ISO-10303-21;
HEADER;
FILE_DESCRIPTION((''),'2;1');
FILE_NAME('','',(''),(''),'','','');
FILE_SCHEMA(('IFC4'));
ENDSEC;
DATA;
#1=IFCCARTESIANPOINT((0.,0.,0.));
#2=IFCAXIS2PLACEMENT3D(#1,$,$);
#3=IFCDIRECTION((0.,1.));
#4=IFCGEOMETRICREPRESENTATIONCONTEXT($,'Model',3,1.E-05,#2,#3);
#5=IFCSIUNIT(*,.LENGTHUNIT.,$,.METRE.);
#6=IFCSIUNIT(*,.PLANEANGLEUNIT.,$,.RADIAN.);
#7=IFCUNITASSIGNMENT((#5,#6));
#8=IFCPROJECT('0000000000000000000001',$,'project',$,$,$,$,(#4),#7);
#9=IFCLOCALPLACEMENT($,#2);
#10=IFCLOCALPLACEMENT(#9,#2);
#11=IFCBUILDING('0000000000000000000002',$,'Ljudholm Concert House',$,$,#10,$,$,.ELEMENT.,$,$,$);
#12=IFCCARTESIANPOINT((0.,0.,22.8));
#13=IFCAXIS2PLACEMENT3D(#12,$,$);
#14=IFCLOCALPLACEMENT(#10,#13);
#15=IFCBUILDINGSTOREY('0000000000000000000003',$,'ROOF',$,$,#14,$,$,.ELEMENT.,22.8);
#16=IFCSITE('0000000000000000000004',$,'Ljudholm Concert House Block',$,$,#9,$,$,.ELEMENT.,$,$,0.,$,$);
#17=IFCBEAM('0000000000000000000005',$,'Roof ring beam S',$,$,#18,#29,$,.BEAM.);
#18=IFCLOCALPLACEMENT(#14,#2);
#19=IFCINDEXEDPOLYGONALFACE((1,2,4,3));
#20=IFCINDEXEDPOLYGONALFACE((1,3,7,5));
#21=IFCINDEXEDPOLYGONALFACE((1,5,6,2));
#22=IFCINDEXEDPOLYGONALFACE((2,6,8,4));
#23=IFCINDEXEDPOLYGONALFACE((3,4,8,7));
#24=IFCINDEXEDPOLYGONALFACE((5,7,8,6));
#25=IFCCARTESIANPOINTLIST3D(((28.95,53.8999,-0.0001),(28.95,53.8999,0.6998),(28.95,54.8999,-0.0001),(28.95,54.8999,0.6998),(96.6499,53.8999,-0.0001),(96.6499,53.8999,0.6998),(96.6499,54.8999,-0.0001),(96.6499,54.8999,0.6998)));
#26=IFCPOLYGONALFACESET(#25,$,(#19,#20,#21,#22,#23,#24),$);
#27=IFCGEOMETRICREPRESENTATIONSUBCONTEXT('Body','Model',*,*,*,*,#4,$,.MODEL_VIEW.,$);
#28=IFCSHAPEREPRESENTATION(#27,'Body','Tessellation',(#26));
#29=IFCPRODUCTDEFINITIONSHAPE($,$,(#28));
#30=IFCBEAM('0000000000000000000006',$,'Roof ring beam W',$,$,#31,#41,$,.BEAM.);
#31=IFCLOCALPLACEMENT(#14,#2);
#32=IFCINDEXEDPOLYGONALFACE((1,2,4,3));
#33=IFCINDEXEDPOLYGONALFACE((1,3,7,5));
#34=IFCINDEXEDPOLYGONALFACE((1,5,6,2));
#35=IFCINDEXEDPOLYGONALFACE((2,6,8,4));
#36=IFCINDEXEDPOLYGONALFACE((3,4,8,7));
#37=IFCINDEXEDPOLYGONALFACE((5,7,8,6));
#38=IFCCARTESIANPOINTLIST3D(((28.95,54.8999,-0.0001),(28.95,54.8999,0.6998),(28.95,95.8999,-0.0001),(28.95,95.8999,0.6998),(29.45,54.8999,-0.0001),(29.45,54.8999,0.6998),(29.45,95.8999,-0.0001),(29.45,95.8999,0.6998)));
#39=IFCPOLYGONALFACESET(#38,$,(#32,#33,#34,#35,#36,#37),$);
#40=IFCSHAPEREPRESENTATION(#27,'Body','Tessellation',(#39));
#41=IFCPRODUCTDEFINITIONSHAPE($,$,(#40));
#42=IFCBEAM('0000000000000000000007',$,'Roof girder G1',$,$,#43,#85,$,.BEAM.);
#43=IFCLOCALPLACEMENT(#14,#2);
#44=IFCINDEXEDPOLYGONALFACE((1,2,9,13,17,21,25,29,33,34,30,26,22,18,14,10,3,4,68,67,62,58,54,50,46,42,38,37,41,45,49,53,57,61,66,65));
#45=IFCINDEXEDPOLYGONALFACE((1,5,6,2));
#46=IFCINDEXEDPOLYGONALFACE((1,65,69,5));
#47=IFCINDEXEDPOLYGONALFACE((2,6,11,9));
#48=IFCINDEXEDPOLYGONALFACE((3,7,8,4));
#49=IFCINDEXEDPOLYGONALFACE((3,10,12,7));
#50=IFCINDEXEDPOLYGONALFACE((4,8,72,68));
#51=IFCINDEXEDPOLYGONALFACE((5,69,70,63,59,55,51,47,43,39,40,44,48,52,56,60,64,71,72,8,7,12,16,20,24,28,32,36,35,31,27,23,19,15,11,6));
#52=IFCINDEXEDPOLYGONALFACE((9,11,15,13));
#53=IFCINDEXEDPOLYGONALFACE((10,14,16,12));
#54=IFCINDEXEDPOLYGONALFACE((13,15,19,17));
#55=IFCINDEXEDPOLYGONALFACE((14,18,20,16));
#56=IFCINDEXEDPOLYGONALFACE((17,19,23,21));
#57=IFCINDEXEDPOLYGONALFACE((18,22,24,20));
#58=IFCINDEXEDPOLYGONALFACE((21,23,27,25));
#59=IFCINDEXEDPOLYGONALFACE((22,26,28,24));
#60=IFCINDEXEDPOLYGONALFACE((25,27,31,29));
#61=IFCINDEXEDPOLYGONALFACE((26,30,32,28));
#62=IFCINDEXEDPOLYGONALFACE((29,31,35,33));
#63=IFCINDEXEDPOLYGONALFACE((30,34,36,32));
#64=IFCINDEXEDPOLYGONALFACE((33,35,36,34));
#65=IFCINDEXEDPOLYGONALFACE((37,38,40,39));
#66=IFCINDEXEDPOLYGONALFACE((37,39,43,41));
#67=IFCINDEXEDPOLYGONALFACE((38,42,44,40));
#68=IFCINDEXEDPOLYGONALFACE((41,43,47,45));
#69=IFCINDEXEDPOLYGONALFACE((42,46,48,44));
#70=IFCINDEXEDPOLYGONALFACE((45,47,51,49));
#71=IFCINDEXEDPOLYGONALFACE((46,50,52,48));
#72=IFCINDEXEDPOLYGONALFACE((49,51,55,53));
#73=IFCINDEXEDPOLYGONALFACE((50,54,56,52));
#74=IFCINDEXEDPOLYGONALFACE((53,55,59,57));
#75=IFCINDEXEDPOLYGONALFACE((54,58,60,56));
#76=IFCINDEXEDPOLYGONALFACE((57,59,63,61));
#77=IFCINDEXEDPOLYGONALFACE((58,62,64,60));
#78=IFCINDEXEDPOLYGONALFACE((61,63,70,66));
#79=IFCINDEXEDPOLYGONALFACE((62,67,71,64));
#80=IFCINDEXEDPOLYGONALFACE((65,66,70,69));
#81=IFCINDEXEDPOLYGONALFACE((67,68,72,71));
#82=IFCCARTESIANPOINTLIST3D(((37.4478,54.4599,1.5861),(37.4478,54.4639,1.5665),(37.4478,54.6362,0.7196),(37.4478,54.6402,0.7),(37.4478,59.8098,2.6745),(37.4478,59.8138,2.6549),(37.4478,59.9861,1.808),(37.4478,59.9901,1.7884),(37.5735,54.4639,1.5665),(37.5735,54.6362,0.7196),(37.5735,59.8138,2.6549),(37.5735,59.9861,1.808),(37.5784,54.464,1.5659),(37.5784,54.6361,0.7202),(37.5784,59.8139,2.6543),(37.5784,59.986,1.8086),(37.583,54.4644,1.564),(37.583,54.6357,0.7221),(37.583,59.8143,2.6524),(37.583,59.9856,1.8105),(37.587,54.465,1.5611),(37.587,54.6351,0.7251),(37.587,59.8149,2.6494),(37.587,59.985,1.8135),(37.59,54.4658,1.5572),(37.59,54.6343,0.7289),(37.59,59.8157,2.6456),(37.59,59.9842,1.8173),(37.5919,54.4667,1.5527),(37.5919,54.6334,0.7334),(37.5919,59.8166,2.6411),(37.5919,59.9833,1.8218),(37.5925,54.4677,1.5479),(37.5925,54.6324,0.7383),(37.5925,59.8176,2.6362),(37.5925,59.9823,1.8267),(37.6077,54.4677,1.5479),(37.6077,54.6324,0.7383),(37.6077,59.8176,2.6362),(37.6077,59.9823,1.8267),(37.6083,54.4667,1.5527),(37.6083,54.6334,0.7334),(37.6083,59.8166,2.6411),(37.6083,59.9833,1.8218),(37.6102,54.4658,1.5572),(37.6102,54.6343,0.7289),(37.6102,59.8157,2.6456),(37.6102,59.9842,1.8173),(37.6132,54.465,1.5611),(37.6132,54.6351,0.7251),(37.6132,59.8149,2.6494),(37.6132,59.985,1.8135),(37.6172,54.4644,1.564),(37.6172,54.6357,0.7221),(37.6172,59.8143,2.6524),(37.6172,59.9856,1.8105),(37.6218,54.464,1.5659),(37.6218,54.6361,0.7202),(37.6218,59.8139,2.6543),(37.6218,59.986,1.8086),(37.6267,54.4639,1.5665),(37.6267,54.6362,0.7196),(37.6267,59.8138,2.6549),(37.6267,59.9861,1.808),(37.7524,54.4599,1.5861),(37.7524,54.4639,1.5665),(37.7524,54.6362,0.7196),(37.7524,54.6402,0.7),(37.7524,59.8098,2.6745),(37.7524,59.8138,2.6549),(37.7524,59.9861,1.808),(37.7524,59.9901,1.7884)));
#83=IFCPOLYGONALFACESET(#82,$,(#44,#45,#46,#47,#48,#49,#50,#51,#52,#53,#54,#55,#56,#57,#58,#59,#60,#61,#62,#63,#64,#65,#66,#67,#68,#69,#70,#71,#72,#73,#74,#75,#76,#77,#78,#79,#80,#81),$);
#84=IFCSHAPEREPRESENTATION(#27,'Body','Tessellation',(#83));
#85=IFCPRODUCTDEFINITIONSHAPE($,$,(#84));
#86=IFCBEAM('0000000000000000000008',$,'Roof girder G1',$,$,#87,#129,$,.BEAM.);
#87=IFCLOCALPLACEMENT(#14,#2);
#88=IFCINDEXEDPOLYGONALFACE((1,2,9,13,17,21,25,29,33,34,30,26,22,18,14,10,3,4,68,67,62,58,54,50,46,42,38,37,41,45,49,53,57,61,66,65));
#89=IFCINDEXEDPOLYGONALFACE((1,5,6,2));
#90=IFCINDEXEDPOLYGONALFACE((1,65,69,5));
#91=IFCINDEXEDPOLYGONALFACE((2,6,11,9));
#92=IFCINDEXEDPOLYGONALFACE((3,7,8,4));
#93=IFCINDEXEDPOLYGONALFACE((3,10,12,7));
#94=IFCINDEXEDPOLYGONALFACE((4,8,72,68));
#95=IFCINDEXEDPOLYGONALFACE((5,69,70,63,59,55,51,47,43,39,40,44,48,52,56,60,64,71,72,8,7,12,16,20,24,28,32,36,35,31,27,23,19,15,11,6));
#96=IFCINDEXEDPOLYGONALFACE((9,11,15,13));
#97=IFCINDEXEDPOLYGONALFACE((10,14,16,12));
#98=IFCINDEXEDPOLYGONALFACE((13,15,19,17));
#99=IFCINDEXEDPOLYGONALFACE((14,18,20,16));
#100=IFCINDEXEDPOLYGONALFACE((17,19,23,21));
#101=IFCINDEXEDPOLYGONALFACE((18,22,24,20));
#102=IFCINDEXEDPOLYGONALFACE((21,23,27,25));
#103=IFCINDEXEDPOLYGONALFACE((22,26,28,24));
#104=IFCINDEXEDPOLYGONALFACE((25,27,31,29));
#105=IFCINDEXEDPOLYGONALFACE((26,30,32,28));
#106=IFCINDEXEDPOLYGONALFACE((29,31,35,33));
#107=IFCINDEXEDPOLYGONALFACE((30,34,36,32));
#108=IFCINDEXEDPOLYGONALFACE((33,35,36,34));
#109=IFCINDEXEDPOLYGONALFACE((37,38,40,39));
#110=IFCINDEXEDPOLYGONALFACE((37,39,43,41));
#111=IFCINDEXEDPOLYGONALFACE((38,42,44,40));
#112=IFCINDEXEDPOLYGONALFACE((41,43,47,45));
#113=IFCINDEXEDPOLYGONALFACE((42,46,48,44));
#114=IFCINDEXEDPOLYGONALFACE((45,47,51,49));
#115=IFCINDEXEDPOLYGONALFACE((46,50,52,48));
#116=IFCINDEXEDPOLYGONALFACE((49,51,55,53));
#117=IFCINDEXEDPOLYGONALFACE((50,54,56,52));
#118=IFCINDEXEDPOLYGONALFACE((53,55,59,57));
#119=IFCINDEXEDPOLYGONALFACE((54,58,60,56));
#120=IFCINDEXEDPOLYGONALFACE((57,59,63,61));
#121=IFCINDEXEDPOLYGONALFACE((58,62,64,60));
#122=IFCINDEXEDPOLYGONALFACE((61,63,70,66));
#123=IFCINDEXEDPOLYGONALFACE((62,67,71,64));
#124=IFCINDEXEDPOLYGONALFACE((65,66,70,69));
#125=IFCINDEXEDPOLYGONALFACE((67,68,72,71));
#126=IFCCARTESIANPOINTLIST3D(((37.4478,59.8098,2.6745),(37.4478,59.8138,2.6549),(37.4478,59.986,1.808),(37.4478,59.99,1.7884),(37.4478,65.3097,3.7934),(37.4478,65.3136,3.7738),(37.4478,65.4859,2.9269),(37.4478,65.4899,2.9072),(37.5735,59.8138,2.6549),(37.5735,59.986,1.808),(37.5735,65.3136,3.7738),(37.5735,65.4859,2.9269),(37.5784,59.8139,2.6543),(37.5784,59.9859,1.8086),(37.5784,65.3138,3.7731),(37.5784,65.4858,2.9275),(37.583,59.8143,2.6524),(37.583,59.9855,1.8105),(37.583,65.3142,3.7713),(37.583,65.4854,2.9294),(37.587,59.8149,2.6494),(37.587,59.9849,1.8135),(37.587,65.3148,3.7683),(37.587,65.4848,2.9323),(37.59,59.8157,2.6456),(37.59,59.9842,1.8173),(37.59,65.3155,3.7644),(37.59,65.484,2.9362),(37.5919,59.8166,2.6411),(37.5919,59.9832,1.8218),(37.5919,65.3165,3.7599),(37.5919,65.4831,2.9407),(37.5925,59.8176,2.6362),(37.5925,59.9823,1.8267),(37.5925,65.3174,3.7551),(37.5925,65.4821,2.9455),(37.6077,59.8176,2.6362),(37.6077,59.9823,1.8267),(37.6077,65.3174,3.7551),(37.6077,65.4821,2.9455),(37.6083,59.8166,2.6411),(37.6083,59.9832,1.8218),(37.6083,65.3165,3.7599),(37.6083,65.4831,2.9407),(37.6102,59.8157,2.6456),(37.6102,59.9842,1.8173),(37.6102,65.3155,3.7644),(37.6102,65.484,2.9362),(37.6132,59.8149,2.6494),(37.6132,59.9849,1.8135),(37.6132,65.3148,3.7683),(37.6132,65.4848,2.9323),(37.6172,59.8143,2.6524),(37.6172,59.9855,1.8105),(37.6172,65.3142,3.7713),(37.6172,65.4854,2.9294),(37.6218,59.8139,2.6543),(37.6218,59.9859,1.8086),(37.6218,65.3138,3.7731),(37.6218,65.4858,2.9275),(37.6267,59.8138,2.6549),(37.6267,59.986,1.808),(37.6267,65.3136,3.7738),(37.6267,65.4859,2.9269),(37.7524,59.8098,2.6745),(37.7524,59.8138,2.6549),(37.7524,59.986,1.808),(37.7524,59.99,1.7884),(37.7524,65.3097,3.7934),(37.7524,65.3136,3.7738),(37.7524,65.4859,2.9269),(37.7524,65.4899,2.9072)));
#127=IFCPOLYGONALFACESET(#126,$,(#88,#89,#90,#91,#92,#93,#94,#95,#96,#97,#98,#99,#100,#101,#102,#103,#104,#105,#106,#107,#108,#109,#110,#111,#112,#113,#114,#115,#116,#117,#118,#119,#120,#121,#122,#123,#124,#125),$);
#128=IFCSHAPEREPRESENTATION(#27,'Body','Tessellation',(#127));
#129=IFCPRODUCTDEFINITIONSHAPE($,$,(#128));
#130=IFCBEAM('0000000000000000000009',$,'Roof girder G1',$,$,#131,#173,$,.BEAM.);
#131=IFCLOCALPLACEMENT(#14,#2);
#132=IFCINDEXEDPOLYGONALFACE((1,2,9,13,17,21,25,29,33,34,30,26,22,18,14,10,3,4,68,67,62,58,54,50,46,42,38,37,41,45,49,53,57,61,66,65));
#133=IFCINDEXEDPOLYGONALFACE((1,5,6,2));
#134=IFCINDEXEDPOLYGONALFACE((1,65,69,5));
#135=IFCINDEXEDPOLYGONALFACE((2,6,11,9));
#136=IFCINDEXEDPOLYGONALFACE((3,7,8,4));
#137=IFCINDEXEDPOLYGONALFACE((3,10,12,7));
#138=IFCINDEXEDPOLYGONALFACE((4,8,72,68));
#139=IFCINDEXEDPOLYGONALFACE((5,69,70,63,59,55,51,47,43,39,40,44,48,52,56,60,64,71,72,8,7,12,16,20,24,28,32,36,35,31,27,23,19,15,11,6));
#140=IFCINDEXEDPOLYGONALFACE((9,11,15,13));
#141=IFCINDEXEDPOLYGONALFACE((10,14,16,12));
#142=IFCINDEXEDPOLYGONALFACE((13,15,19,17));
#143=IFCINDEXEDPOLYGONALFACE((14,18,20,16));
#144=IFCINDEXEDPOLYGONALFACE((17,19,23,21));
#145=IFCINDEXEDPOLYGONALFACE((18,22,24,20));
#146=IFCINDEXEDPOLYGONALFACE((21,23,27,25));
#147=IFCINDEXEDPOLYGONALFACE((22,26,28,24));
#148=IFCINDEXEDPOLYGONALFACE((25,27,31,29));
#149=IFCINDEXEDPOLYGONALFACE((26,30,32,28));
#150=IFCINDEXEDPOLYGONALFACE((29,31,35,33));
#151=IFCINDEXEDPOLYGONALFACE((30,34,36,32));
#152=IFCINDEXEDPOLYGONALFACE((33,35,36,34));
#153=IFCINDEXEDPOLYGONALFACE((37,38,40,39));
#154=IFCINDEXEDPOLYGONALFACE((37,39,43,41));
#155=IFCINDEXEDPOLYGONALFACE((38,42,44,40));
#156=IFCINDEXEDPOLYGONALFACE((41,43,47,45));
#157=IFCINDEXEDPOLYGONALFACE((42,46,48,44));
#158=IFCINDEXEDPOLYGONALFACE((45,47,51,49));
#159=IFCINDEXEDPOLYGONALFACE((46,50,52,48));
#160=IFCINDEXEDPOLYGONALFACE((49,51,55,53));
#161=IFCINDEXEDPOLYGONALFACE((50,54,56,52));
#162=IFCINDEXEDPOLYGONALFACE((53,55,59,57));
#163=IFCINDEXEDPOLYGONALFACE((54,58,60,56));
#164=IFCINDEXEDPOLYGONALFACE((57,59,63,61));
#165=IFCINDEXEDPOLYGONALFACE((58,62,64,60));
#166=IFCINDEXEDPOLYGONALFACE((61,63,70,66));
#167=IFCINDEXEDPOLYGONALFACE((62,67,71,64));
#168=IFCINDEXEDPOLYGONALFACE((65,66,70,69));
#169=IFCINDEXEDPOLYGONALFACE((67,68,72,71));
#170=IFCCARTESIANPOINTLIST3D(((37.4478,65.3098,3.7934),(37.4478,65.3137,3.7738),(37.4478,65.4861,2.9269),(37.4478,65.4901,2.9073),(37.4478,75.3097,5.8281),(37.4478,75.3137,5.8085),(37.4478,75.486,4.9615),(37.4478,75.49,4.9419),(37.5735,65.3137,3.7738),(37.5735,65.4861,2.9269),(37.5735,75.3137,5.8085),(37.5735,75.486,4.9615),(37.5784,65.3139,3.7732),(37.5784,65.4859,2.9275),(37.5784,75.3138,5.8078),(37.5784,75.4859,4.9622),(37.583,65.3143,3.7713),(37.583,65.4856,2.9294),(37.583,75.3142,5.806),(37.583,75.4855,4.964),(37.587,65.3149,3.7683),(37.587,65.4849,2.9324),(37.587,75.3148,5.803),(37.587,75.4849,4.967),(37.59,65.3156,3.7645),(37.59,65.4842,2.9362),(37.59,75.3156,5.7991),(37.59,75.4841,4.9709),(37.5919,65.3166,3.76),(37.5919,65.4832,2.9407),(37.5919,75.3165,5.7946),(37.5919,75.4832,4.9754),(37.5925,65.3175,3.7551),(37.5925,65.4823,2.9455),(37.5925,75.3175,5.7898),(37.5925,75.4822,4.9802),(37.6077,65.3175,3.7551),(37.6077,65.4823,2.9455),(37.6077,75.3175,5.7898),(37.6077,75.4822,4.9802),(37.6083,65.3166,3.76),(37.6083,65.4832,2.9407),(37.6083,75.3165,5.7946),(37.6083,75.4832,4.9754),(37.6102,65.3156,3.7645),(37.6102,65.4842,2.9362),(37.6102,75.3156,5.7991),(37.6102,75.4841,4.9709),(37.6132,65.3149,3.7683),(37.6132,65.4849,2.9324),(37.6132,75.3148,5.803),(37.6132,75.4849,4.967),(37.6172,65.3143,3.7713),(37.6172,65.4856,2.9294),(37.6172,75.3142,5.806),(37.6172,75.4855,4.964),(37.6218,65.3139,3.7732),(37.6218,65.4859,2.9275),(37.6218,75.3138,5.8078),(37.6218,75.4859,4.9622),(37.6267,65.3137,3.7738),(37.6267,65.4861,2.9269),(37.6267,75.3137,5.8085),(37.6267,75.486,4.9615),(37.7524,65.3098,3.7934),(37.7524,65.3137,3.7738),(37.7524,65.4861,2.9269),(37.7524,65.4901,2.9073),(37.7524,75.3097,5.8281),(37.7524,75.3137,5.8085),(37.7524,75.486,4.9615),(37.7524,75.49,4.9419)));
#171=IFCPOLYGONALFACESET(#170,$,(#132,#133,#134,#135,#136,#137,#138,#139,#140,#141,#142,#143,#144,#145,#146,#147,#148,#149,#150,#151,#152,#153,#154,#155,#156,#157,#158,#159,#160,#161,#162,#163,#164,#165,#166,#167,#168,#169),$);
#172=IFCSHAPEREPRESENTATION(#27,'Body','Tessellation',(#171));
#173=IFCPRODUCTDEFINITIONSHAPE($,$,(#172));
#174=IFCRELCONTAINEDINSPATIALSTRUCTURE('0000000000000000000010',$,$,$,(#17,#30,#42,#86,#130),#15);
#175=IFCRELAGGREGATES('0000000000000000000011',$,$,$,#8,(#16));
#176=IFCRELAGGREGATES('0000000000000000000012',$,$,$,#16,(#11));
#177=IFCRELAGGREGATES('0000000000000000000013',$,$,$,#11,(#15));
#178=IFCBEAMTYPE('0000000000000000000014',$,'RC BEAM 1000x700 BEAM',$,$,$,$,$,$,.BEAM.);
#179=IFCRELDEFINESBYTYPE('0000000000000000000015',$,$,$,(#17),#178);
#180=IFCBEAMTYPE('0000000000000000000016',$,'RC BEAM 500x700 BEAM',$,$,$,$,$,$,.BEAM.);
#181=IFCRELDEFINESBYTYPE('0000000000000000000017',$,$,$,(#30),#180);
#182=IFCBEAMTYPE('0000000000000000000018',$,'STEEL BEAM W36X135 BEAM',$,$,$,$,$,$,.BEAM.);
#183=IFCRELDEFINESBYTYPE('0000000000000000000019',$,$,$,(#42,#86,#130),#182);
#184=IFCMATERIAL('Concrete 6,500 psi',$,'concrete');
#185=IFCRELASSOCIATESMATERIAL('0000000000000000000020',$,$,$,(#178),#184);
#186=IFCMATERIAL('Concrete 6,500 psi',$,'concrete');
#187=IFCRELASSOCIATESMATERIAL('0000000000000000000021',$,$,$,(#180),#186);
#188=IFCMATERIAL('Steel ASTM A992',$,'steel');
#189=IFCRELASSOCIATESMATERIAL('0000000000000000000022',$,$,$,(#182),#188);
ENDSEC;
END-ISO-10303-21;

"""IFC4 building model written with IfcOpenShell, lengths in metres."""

from ifc_helpers import new_model, si_unit, direction, frame, origin, origin_2d, place, context, subcontext, project, spatial, rectangle, i_section, extrude, material, material_profile, profile_set, type_object, element, save


model = new_model("IFC4")

# Units and contexts
model_context = context("Model", 3, precision=1e-05, world=origin(), true_north=direction((0.0, 1.0)))
body_context = subcontext(model_context, "Body", "Model", "MODEL_VIEW")
ifc_project = project(units=[si_unit("LENGTHUNIT", "METRE"), si_unit("PLANEANGLEUNIT", "RADIAN")], contexts=[model_context])

# Site, building, storey
site_placement = place(None, origin())
site = spatial("IfcSite", under=ifc_project, at=site_placement, Name="Ljudholm Concert House Block", CompositionType="ELEMENT", RefElevation=0.0)
building_placement = place(site_placement, origin())
building = spatial("IfcBuilding", under=site, at=building_placement, Name="Ljudholm Concert House", CompositionType="ELEMENT")
storey_placement = place(building_placement, frame((0.0, 0.0, 22.8)))
storey = spatial("IfcBuildingStorey", under=building, at=storey_placement, Name="ROOF", CompositionType="ELEMENT", Elevation=22.8)

# Beams
ifc_material_1 = material(Name="Concrete 6,500 psi", Category="concrete")
ifc_material_profile_1 = material_profile(ifc_material_1, rectangle(XDim=1.0, YDim=0.7, at=origin_2d()), Name="RC BEAM 1000x700 BEAM")
ifc_profile_set_1 = profile_set([ifc_material_profile_1], Name="Concrete 6,500 psi")
beam_type_1 = type_object("IfcBeamType", Name="RC BEAM 1000x700 BEAM", PredefinedType="BEAM", material=ifc_profile_set_1)
beam_1_placement = place(storey_placement, frame((28.95, 54.3999, 0.3499), z_axis=(1.0, 0.0, 0.0), x_axis=(0.0, 1.0, 0.0)))
element("IfcBeam", 1, at=beam_1_placement, inside=storey, type_object=beam_type_1, Name="Roof ring beam S", PredefinedType="BEAM", context=body_context, shape_type="SweptSolid", body=[
    extrude(rectangle(XDim=1.0, YDim=0.7, at=origin_2d()), origin(), (0.0, 0.0, 1.0), 67.7),
])
ifc_material_2 = material(Name="Concrete 6,500 psi", Category="concrete")
ifc_material_profile_2 = material_profile(ifc_material_2, rectangle(XDim=0.5, YDim=0.7, at=origin_2d()), Name="RC BEAM 500x700 BEAM")
ifc_profile_set_2 = profile_set([ifc_material_profile_2], Name="Concrete 6,500 psi")
beam_type_2 = type_object("IfcBeamType", Name="RC BEAM 500x700 BEAM", PredefinedType="BEAM", material=ifc_profile_set_2)
beam_2_placement = place(storey_placement, frame((29.2, 54.8999, 0.3499), z_axis=(0.0, 1.0, 0.0), x_axis=(-1.0, 0.0, 0.0)))
element("IfcBeam", 2, at=beam_2_placement, inside=storey, type_object=beam_type_2, Name="Roof ring beam W", PredefinedType="BEAM", context=body_context, shape_type="SweptSolid", body=[
    extrude(rectangle(XDim=0.5, YDim=0.7, at=origin_2d()), origin(), (0.0, 0.0, 1.0), 41.0),
])
ifc_material_3 = material(Name="Steel ASTM A992", Category="steel")
ifc_material_profile_3 = material_profile(ifc_material_3, i_section(OverallWidth=0.3047, OverallDepth=0.9043, WebThickness=0.0151, FlangeThickness=0.02, FilletRadius=0.019, at=origin_2d()), Name="W36X135")
ifc_profile_set_3 = profile_set([ifc_material_profile_3], Name="Steel ASTM A992")
beam_type_3 = type_object("IfcBeamType", Name="STEEL BEAM W36X135 BEAM", PredefinedType="BEAM", material=ifc_profile_set_3)
beam_3_placement = place(storey_placement, frame((37.6001, 54.55, 1.1431), z_axis=(0.0, 0.979927, 0.199357), x_axis=(-1.0, 0.0, 0.0)))
element("IfcBeam", 3, at=beam_3_placement, inside=storey, type_object=beam_type_3, Name="Roof girder G1", PredefinedType="BEAM", context=body_context, shape_type="SweptSolid", body=[
    extrude(i_section(OverallWidth=0.3047, OverallDepth=0.9043, WebThickness=0.0151, FlangeThickness=0.02, FilletRadius=0.019, at=origin_2d()), origin(), (0.0, 0.0, 1.0), 5.4595),
])
beam_4_placement = place(storey_placement, frame((37.6001, 59.8999, 2.2314), z_axis=(0.0, 0.979928, 0.199352), x_axis=(-1.0, 0.0, 0.0)))
element("IfcBeam", 4, at=beam_4_placement, inside=storey, type_object=beam_type_3, Name="Roof girder G1", PredefinedType="BEAM", context=body_context, shape_type="SweptSolid", body=[
    extrude(i_section(OverallWidth=0.3047, OverallDepth=0.9043, WebThickness=0.0151, FlangeThickness=0.02, FilletRadius=0.019, at=origin_2d()), origin(), (0.0, 0.0, 1.0), 5.6125),
])
beam_5_placement = place(storey_placement, frame((37.6001, 65.3999, 3.3503), z_axis=(0.0, 0.979922, 0.199382), x_axis=(-1.0, 0.0, 0.0)))
element("IfcBeam", 5, at=beam_5_placement, inside=storey, type_object=beam_type_3, Name="Roof girder G1", PredefinedType="BEAM", context=body_context, shape_type="SweptSolid", body=[
    extrude(i_section(OverallWidth=0.3047, OverallDepth=0.9043, WebThickness=0.0151, FlangeThickness=0.02, FilletRadius=0.019, at=origin_2d()), origin(), (0.0, 0.0, 1.0), 10.2048),
])

save(model, "model.ifc")
